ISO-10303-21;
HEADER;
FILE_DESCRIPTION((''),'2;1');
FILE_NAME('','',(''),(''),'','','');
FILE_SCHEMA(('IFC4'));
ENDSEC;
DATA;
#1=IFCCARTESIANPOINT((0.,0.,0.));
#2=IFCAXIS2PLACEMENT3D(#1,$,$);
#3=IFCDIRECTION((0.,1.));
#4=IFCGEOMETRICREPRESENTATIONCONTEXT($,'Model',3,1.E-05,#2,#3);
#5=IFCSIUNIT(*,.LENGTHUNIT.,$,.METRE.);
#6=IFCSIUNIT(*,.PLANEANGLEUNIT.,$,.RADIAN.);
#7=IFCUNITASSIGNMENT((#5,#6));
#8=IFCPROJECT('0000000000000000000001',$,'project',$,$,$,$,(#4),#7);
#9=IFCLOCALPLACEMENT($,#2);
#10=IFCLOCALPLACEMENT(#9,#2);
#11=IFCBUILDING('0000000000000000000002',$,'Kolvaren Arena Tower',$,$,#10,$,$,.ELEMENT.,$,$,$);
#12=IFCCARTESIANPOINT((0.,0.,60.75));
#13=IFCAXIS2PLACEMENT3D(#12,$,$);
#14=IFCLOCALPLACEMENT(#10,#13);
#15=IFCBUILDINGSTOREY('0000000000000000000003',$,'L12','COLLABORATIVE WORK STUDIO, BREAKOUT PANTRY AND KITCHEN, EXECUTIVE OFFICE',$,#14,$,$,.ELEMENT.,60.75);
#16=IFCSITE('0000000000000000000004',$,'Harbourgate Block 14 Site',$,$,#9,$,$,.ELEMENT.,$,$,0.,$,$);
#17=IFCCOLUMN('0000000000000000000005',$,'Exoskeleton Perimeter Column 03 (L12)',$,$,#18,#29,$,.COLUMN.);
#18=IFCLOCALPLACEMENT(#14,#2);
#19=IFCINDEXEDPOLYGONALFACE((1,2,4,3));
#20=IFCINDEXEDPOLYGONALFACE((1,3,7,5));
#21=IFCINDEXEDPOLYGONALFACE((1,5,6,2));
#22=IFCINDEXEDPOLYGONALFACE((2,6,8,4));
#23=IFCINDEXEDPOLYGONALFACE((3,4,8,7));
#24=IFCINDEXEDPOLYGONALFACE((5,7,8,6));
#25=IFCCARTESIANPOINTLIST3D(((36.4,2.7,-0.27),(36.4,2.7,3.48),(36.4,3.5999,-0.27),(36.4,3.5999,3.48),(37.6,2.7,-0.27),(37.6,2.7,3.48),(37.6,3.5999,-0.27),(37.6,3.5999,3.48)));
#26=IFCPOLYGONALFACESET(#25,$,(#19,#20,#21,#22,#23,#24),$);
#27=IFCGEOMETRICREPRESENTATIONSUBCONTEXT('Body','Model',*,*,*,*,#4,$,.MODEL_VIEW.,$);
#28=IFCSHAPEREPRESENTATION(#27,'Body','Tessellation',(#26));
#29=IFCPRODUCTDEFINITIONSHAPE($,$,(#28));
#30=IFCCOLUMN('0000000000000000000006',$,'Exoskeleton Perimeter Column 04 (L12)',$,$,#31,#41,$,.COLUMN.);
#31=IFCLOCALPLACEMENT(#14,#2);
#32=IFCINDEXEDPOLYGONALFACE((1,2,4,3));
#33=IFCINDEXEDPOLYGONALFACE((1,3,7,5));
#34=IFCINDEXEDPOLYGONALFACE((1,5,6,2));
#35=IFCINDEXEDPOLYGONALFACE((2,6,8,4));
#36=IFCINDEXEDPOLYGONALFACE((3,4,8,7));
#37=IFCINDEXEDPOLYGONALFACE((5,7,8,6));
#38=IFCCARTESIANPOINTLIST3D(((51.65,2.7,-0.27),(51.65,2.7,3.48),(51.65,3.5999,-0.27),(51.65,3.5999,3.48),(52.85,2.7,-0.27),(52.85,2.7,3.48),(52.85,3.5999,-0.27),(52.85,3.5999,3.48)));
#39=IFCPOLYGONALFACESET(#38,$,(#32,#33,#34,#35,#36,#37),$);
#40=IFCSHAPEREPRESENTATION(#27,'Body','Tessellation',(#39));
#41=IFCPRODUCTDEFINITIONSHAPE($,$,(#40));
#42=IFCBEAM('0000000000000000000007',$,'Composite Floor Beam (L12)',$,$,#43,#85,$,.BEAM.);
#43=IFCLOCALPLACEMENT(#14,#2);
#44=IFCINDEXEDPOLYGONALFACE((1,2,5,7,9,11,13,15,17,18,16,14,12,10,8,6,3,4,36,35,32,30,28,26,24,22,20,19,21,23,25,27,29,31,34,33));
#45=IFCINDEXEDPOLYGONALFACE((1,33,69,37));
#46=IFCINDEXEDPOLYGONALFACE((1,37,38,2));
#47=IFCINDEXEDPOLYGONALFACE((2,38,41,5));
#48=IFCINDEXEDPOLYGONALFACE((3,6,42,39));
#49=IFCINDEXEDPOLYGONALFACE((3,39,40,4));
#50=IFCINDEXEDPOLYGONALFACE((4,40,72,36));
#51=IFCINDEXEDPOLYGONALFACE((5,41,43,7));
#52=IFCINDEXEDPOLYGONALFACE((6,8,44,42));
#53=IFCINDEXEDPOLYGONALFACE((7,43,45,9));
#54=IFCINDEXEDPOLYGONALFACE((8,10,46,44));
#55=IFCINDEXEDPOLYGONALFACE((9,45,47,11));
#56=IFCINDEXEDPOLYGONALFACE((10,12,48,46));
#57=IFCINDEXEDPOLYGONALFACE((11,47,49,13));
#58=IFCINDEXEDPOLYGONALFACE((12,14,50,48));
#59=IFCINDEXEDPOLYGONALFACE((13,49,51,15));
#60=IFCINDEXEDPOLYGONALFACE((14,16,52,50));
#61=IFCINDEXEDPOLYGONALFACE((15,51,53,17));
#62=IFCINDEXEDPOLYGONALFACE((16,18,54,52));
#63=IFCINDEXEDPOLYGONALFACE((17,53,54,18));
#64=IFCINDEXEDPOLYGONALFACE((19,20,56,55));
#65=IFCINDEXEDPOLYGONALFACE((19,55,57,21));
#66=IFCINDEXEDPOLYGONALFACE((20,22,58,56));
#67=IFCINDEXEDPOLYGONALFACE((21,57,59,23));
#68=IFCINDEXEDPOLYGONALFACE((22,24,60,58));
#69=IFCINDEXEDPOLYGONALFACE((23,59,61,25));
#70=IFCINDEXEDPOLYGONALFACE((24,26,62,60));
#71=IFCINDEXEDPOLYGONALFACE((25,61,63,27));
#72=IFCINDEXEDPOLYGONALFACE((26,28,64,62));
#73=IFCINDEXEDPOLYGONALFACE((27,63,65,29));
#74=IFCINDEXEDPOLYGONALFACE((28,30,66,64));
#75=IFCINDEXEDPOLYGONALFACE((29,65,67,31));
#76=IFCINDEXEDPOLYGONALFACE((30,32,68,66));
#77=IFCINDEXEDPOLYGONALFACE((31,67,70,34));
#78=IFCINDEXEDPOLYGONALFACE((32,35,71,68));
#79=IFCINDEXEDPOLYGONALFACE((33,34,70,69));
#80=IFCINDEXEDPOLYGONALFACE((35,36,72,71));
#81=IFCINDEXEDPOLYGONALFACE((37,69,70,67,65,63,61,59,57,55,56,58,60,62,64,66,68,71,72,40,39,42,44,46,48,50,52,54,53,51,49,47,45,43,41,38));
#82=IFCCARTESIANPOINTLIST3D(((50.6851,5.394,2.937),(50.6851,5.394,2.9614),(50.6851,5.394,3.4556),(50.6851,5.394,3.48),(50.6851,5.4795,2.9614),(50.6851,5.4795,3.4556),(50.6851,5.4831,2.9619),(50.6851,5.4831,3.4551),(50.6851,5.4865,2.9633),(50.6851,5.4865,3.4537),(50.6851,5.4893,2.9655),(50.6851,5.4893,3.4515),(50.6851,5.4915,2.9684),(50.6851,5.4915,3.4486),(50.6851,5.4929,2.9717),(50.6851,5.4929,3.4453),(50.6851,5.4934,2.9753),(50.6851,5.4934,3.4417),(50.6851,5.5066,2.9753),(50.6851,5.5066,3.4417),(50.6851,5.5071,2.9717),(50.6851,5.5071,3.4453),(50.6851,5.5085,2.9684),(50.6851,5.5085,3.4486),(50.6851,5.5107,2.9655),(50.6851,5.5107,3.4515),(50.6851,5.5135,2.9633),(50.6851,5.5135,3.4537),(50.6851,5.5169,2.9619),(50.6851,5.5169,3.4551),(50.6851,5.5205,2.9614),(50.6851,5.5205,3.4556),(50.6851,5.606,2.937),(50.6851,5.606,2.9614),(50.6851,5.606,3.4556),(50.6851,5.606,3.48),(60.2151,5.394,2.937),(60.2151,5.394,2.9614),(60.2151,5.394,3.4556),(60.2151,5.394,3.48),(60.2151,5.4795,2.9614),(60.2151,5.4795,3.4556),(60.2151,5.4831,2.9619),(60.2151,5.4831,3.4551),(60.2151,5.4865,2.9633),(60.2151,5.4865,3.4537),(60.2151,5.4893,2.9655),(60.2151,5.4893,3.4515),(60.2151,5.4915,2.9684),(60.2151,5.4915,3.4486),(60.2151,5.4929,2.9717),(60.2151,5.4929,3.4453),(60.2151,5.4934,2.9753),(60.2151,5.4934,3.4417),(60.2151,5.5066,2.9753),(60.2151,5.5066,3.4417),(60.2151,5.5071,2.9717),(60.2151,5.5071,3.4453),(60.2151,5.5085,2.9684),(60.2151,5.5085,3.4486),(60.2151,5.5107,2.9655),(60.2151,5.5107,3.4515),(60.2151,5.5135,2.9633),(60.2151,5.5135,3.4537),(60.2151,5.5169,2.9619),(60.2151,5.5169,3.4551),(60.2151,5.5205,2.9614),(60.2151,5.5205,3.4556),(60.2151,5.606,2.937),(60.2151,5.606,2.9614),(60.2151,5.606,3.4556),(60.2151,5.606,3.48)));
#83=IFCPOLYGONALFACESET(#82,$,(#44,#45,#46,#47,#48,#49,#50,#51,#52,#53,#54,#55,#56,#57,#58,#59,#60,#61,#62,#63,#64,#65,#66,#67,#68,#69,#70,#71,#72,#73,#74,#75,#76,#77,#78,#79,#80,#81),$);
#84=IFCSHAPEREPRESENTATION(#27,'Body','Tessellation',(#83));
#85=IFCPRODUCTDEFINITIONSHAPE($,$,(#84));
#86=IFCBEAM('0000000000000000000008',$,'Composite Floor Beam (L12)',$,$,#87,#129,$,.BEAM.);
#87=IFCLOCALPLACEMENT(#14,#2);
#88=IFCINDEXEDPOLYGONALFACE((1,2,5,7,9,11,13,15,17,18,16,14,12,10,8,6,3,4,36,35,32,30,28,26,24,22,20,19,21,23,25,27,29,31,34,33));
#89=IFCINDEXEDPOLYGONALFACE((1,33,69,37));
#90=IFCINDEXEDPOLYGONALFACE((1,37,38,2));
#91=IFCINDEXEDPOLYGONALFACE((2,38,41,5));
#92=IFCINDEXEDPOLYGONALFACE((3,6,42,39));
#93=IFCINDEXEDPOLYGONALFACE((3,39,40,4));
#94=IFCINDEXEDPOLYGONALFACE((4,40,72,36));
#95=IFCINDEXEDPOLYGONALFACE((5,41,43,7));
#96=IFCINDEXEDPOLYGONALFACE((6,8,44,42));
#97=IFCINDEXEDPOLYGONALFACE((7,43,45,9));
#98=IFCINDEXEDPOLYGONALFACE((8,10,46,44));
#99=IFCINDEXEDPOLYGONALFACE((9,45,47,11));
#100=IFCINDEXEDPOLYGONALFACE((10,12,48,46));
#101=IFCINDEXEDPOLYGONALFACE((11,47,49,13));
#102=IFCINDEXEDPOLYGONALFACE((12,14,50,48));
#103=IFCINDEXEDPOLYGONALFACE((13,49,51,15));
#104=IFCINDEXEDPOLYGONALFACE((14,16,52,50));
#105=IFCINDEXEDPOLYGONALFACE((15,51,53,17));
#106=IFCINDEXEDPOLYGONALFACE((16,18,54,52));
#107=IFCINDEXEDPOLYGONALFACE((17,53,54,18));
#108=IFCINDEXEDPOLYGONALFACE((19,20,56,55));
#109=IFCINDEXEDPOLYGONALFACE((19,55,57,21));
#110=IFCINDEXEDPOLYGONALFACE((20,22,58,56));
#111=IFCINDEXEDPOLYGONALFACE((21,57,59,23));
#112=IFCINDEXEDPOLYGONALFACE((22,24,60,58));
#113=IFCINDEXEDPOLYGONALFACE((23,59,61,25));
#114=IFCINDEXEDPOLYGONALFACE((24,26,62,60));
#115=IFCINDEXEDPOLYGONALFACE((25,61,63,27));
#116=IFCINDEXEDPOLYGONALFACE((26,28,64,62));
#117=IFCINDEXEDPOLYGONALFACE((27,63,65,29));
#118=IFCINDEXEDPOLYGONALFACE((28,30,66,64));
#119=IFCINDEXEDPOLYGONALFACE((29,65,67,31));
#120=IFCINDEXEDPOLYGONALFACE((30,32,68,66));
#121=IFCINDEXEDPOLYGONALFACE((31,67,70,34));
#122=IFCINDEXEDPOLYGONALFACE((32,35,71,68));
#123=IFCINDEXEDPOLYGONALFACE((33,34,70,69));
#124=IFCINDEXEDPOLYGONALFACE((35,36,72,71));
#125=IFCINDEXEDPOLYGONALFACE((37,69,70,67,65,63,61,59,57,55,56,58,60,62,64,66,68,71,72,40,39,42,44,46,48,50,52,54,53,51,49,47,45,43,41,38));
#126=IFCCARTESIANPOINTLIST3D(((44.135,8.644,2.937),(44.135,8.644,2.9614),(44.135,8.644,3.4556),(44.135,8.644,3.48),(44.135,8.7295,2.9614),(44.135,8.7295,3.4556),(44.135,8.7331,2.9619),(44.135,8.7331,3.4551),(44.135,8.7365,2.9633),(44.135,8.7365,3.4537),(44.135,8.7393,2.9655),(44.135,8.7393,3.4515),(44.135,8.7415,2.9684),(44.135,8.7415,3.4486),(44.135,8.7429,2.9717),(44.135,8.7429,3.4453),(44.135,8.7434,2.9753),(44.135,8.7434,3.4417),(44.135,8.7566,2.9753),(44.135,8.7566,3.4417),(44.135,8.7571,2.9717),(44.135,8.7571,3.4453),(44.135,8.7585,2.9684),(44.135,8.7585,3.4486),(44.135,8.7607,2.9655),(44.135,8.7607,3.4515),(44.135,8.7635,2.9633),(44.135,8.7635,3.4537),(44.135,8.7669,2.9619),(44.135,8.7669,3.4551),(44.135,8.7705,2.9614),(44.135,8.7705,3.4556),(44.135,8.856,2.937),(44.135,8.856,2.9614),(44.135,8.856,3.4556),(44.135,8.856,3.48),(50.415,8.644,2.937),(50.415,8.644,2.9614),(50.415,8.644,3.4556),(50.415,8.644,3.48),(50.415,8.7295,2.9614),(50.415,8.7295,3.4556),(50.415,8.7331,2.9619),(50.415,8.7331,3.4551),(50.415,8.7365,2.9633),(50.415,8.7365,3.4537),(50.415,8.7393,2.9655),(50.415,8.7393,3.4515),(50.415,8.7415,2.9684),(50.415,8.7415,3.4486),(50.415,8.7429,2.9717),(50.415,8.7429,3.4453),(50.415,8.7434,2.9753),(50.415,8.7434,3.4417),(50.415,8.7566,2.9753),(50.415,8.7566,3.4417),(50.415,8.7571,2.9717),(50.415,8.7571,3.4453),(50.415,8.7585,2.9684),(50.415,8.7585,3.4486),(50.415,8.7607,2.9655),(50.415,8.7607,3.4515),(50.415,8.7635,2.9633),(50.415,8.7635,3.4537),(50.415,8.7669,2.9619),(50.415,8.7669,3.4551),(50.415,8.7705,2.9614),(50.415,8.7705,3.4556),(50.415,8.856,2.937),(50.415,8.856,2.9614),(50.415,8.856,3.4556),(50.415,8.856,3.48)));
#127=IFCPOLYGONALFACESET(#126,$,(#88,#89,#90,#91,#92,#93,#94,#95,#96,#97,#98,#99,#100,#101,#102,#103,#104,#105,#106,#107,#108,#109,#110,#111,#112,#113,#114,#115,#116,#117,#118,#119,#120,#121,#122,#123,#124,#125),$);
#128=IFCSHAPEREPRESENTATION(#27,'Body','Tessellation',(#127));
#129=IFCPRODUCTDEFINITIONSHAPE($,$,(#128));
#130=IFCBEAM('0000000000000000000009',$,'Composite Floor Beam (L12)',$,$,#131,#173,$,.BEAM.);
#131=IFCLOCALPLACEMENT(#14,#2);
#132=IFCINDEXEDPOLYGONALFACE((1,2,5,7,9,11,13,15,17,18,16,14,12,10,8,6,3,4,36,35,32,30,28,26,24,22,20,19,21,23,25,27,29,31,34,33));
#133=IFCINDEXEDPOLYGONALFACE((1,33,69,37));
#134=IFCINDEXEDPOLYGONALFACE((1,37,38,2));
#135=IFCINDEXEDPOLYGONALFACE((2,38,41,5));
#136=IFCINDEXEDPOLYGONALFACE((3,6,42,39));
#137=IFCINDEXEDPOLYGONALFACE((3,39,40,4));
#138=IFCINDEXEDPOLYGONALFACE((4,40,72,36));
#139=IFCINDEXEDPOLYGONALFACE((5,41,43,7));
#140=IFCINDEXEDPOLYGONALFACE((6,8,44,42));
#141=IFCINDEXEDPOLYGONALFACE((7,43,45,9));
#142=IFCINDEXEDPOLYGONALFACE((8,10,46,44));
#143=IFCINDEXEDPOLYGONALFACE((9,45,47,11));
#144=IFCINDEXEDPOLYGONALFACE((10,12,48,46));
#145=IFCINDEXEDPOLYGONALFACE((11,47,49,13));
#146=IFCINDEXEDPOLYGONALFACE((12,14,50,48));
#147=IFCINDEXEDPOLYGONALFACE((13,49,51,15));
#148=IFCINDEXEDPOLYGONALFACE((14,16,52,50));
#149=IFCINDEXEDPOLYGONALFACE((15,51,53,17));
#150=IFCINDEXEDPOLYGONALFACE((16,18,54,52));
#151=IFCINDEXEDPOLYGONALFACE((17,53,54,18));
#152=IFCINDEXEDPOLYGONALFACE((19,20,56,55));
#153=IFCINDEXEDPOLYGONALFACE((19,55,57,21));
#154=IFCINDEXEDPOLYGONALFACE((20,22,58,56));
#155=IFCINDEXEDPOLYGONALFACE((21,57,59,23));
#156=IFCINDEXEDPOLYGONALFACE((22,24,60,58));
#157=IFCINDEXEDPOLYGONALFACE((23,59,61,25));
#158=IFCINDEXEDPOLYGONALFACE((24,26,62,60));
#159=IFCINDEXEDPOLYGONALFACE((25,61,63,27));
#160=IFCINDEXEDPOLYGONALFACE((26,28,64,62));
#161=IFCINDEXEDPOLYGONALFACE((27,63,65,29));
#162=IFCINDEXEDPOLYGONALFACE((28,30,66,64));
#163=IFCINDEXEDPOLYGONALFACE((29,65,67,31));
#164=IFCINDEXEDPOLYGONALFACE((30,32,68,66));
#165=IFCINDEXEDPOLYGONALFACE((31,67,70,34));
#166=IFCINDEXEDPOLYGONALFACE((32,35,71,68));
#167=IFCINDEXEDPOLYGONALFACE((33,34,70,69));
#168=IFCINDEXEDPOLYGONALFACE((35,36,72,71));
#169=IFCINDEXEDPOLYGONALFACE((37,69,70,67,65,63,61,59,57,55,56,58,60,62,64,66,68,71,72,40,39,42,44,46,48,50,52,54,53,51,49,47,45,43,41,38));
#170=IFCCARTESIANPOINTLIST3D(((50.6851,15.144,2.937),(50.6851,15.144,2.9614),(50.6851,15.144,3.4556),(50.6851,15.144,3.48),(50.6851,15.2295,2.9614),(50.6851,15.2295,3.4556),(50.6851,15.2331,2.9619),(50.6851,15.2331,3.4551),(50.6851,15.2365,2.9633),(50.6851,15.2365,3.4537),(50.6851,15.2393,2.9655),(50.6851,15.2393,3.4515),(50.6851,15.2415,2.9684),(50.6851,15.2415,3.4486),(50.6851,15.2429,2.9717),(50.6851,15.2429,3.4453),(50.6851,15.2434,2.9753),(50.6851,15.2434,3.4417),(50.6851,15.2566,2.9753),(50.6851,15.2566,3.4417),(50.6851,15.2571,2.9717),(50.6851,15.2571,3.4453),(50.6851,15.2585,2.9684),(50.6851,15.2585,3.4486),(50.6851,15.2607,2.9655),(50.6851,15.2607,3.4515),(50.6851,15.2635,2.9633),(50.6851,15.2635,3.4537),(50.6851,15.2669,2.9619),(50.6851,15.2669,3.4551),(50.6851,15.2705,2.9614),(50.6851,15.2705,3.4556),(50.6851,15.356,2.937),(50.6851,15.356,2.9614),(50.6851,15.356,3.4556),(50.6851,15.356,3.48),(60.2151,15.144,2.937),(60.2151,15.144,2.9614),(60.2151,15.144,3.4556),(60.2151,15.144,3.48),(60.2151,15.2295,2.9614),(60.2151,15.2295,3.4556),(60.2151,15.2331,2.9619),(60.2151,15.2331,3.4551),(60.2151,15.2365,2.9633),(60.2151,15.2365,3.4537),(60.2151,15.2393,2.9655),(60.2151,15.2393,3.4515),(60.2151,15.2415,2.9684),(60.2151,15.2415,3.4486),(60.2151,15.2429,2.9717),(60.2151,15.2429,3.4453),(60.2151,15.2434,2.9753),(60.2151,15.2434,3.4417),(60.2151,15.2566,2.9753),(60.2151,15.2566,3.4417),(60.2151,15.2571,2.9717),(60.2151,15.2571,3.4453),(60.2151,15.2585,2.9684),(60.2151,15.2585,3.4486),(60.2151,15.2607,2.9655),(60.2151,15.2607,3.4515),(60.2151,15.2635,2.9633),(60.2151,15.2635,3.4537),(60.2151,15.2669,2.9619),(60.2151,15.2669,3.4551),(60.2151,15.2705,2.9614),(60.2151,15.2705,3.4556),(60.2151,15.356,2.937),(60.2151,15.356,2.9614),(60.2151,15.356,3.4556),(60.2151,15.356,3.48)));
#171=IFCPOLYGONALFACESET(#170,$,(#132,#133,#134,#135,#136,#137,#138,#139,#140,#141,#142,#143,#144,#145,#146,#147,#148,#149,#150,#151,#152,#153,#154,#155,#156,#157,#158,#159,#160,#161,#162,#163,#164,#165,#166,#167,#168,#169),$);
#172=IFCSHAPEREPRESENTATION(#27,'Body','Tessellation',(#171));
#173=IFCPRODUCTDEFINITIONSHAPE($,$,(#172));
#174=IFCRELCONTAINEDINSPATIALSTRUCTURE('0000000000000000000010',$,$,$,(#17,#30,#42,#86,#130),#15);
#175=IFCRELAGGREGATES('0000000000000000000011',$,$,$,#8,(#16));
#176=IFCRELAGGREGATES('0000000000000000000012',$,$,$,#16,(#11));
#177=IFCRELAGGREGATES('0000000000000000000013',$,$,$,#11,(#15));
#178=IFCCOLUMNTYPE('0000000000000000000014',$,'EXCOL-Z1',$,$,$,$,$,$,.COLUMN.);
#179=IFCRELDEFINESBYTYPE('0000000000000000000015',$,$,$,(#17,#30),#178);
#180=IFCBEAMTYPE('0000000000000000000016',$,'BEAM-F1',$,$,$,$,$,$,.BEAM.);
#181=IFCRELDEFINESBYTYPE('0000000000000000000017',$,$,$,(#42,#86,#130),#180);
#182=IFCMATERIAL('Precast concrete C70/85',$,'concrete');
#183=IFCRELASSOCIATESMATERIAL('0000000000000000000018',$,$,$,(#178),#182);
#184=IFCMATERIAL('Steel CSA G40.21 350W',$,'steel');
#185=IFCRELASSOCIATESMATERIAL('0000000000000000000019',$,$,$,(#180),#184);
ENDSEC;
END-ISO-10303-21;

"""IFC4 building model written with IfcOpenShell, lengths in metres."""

from ifc_helpers import new_model, si_unit, direction, frame, origin, origin_2d, place, context, subcontext, project, spatial, rectangle, i_section, extrude, material, material_profile, profile_set, type_object, element, save


model = new_model("IFC4")

# Units and contexts
model_context = context("Model", 3, precision=1e-05, world=origin(), true_north=direction((0.0, 1.0)))
body_context = subcontext(model_context, "Body", "Model", "MODEL_VIEW")
ifc_project = project(units=[si_unit("LENGTHUNIT", "METRE"), si_unit("PLANEANGLEUNIT", "RADIAN")], contexts=[model_context])

# Site, building, storey
site_placement = place(None, origin())
site = spatial("IfcSite", under=ifc_project, at=site_placement, Name="Harbourgate Block 14 Site", CompositionType="ELEMENT", RefElevation=0.0)
building_placement = place(site_placement, origin())
building = spatial("IfcBuilding", under=site, at=building_placement, Name="Kolvaren Arena Tower", CompositionType="ELEMENT")
storey_placement = place(building_placement, frame((0.0, 0.0, 60.75)))
storey = spatial("IfcBuildingStorey", under=building, at=storey_placement, Name="L12", Description="COLLABORATIVE WORK STUDIO, BREAKOUT PANTRY AND KITCHEN, EXECUTIVE OFFICE", CompositionType="ELEMENT", Elevation=60.75)

# Columns
ifc_material_1 = material(Name="Precast concrete C70/85", Category="concrete")
ifc_material_profile_1 = material_profile(ifc_material_1, rectangle(XDim=1.2, YDim=0.8999, at=origin_2d()), Name="RC-1200x900")
ifc_profile_set_1 = profile_set([ifc_material_profile_1], Name="Precast concrete C70/85")
column_type = type_object("IfcColumnType", Name="EXCOL-Z1", PredefinedType="COLUMN", material=ifc_profile_set_1)
for number, where, z_axis, x_axis, name in (
    (1, (37.0, 3.1499, -0.27), (0.0, 0.0, 1.0), (1.0, 0.0, 0.0), "Exoskeleton Perimeter Column 03 (L12)"),
    (2, (52.25, 3.1499, -0.27), (0.0, 0.0, 1.0), (1.0, 0.0, 0.0), "Exoskeleton Perimeter Column 04 (L12)"),
):
    element("IfcColumn", number, at=place(storey_placement, frame(where, z_axis=z_axis, x_axis=x_axis)), inside=storey, type_object=column_type, Name=name, PredefinedType="COLUMN", context=body_context, shape_type="SweptSolid", body=[
        extrude(rectangle(XDim=1.2, YDim=0.8999, at=origin_2d()), origin(), (0.0, 0.0, 1.0), 3.75),
    ])

# Beams
ifc_material_2 = material(Name="Steel CSA G40.21 350W", Category="steel")
ifc_material_profile_2 = material_profile(ifc_material_2, i_section(OverallWidth=0.2119, OverallDepth=0.543, WebThickness=0.0132, FlangeThickness=0.0244, FilletRadius=0.0139, at=origin_2d()), Name="W530x150")
ifc_profile_set_2 = profile_set([ifc_material_profile_2], Name="Steel CSA G40.21 350W")
beam_type_1 = type_object("IfcBeamType", Name="BEAM-F1", PredefinedType="BEAM", material=ifc_profile_set_2)
beam_1_placement = place(storey_placement, frame((50.6851, 5.5, 3.2085), z_axis=(1.0, 0.0, 0.0), x_axis=(0.0, 1.0, 0.0)))
element("IfcBeam", 3, at=beam_1_placement, inside=storey, type_object=beam_type_1, Name="Composite Floor Beam (L12)", PredefinedType="BEAM", context=body_context, shape_type="SweptSolid", body=[
    extrude(i_section(OverallWidth=0.2119, OverallDepth=0.543, WebThickness=0.0132, FlangeThickness=0.0244, FilletRadius=0.0139, at=origin_2d()), origin(), (0.0, 0.0, 1.0), 9.53),
])
beam_2_placement = place(storey_placement, frame((44.135, 8.75, 3.2085), z_axis=(1.0, 0.0, 0.0), x_axis=(0.0, 1.0, 0.0)))
element("IfcBeam", 4, at=beam_2_placement, inside=storey, type_object=beam_type_1, Name="Composite Floor Beam (L12)", PredefinedType="BEAM", context=body_context, shape_type="SweptSolid", body=[
    extrude(i_section(OverallWidth=0.2119, OverallDepth=0.543, WebThickness=0.0132, FlangeThickness=0.0244, FilletRadius=0.0139, at=origin_2d()), origin(), (0.0, 0.0, 1.0), 6.28),
])
beam_3_placement = place(storey_placement, frame((50.6851, 15.25, 3.2085), z_axis=(1.0, 0.0, 0.0), x_axis=(0.0, 1.0, 0.0)))
element("IfcBeam", 5, at=beam_3_placement, inside=storey, type_object=beam_type_1, Name="Composite Floor Beam (L12)", PredefinedType="BEAM", context=body_context, shape_type="SweptSolid", body=[
    extrude(i_section(OverallWidth=0.2119, OverallDepth=0.543, WebThickness=0.0132, FlangeThickness=0.0244, FilletRadius=0.0139, at=origin_2d()), origin(), (0.0, 0.0, 1.0), 9.53),
])

save(model, "model.ifc")
